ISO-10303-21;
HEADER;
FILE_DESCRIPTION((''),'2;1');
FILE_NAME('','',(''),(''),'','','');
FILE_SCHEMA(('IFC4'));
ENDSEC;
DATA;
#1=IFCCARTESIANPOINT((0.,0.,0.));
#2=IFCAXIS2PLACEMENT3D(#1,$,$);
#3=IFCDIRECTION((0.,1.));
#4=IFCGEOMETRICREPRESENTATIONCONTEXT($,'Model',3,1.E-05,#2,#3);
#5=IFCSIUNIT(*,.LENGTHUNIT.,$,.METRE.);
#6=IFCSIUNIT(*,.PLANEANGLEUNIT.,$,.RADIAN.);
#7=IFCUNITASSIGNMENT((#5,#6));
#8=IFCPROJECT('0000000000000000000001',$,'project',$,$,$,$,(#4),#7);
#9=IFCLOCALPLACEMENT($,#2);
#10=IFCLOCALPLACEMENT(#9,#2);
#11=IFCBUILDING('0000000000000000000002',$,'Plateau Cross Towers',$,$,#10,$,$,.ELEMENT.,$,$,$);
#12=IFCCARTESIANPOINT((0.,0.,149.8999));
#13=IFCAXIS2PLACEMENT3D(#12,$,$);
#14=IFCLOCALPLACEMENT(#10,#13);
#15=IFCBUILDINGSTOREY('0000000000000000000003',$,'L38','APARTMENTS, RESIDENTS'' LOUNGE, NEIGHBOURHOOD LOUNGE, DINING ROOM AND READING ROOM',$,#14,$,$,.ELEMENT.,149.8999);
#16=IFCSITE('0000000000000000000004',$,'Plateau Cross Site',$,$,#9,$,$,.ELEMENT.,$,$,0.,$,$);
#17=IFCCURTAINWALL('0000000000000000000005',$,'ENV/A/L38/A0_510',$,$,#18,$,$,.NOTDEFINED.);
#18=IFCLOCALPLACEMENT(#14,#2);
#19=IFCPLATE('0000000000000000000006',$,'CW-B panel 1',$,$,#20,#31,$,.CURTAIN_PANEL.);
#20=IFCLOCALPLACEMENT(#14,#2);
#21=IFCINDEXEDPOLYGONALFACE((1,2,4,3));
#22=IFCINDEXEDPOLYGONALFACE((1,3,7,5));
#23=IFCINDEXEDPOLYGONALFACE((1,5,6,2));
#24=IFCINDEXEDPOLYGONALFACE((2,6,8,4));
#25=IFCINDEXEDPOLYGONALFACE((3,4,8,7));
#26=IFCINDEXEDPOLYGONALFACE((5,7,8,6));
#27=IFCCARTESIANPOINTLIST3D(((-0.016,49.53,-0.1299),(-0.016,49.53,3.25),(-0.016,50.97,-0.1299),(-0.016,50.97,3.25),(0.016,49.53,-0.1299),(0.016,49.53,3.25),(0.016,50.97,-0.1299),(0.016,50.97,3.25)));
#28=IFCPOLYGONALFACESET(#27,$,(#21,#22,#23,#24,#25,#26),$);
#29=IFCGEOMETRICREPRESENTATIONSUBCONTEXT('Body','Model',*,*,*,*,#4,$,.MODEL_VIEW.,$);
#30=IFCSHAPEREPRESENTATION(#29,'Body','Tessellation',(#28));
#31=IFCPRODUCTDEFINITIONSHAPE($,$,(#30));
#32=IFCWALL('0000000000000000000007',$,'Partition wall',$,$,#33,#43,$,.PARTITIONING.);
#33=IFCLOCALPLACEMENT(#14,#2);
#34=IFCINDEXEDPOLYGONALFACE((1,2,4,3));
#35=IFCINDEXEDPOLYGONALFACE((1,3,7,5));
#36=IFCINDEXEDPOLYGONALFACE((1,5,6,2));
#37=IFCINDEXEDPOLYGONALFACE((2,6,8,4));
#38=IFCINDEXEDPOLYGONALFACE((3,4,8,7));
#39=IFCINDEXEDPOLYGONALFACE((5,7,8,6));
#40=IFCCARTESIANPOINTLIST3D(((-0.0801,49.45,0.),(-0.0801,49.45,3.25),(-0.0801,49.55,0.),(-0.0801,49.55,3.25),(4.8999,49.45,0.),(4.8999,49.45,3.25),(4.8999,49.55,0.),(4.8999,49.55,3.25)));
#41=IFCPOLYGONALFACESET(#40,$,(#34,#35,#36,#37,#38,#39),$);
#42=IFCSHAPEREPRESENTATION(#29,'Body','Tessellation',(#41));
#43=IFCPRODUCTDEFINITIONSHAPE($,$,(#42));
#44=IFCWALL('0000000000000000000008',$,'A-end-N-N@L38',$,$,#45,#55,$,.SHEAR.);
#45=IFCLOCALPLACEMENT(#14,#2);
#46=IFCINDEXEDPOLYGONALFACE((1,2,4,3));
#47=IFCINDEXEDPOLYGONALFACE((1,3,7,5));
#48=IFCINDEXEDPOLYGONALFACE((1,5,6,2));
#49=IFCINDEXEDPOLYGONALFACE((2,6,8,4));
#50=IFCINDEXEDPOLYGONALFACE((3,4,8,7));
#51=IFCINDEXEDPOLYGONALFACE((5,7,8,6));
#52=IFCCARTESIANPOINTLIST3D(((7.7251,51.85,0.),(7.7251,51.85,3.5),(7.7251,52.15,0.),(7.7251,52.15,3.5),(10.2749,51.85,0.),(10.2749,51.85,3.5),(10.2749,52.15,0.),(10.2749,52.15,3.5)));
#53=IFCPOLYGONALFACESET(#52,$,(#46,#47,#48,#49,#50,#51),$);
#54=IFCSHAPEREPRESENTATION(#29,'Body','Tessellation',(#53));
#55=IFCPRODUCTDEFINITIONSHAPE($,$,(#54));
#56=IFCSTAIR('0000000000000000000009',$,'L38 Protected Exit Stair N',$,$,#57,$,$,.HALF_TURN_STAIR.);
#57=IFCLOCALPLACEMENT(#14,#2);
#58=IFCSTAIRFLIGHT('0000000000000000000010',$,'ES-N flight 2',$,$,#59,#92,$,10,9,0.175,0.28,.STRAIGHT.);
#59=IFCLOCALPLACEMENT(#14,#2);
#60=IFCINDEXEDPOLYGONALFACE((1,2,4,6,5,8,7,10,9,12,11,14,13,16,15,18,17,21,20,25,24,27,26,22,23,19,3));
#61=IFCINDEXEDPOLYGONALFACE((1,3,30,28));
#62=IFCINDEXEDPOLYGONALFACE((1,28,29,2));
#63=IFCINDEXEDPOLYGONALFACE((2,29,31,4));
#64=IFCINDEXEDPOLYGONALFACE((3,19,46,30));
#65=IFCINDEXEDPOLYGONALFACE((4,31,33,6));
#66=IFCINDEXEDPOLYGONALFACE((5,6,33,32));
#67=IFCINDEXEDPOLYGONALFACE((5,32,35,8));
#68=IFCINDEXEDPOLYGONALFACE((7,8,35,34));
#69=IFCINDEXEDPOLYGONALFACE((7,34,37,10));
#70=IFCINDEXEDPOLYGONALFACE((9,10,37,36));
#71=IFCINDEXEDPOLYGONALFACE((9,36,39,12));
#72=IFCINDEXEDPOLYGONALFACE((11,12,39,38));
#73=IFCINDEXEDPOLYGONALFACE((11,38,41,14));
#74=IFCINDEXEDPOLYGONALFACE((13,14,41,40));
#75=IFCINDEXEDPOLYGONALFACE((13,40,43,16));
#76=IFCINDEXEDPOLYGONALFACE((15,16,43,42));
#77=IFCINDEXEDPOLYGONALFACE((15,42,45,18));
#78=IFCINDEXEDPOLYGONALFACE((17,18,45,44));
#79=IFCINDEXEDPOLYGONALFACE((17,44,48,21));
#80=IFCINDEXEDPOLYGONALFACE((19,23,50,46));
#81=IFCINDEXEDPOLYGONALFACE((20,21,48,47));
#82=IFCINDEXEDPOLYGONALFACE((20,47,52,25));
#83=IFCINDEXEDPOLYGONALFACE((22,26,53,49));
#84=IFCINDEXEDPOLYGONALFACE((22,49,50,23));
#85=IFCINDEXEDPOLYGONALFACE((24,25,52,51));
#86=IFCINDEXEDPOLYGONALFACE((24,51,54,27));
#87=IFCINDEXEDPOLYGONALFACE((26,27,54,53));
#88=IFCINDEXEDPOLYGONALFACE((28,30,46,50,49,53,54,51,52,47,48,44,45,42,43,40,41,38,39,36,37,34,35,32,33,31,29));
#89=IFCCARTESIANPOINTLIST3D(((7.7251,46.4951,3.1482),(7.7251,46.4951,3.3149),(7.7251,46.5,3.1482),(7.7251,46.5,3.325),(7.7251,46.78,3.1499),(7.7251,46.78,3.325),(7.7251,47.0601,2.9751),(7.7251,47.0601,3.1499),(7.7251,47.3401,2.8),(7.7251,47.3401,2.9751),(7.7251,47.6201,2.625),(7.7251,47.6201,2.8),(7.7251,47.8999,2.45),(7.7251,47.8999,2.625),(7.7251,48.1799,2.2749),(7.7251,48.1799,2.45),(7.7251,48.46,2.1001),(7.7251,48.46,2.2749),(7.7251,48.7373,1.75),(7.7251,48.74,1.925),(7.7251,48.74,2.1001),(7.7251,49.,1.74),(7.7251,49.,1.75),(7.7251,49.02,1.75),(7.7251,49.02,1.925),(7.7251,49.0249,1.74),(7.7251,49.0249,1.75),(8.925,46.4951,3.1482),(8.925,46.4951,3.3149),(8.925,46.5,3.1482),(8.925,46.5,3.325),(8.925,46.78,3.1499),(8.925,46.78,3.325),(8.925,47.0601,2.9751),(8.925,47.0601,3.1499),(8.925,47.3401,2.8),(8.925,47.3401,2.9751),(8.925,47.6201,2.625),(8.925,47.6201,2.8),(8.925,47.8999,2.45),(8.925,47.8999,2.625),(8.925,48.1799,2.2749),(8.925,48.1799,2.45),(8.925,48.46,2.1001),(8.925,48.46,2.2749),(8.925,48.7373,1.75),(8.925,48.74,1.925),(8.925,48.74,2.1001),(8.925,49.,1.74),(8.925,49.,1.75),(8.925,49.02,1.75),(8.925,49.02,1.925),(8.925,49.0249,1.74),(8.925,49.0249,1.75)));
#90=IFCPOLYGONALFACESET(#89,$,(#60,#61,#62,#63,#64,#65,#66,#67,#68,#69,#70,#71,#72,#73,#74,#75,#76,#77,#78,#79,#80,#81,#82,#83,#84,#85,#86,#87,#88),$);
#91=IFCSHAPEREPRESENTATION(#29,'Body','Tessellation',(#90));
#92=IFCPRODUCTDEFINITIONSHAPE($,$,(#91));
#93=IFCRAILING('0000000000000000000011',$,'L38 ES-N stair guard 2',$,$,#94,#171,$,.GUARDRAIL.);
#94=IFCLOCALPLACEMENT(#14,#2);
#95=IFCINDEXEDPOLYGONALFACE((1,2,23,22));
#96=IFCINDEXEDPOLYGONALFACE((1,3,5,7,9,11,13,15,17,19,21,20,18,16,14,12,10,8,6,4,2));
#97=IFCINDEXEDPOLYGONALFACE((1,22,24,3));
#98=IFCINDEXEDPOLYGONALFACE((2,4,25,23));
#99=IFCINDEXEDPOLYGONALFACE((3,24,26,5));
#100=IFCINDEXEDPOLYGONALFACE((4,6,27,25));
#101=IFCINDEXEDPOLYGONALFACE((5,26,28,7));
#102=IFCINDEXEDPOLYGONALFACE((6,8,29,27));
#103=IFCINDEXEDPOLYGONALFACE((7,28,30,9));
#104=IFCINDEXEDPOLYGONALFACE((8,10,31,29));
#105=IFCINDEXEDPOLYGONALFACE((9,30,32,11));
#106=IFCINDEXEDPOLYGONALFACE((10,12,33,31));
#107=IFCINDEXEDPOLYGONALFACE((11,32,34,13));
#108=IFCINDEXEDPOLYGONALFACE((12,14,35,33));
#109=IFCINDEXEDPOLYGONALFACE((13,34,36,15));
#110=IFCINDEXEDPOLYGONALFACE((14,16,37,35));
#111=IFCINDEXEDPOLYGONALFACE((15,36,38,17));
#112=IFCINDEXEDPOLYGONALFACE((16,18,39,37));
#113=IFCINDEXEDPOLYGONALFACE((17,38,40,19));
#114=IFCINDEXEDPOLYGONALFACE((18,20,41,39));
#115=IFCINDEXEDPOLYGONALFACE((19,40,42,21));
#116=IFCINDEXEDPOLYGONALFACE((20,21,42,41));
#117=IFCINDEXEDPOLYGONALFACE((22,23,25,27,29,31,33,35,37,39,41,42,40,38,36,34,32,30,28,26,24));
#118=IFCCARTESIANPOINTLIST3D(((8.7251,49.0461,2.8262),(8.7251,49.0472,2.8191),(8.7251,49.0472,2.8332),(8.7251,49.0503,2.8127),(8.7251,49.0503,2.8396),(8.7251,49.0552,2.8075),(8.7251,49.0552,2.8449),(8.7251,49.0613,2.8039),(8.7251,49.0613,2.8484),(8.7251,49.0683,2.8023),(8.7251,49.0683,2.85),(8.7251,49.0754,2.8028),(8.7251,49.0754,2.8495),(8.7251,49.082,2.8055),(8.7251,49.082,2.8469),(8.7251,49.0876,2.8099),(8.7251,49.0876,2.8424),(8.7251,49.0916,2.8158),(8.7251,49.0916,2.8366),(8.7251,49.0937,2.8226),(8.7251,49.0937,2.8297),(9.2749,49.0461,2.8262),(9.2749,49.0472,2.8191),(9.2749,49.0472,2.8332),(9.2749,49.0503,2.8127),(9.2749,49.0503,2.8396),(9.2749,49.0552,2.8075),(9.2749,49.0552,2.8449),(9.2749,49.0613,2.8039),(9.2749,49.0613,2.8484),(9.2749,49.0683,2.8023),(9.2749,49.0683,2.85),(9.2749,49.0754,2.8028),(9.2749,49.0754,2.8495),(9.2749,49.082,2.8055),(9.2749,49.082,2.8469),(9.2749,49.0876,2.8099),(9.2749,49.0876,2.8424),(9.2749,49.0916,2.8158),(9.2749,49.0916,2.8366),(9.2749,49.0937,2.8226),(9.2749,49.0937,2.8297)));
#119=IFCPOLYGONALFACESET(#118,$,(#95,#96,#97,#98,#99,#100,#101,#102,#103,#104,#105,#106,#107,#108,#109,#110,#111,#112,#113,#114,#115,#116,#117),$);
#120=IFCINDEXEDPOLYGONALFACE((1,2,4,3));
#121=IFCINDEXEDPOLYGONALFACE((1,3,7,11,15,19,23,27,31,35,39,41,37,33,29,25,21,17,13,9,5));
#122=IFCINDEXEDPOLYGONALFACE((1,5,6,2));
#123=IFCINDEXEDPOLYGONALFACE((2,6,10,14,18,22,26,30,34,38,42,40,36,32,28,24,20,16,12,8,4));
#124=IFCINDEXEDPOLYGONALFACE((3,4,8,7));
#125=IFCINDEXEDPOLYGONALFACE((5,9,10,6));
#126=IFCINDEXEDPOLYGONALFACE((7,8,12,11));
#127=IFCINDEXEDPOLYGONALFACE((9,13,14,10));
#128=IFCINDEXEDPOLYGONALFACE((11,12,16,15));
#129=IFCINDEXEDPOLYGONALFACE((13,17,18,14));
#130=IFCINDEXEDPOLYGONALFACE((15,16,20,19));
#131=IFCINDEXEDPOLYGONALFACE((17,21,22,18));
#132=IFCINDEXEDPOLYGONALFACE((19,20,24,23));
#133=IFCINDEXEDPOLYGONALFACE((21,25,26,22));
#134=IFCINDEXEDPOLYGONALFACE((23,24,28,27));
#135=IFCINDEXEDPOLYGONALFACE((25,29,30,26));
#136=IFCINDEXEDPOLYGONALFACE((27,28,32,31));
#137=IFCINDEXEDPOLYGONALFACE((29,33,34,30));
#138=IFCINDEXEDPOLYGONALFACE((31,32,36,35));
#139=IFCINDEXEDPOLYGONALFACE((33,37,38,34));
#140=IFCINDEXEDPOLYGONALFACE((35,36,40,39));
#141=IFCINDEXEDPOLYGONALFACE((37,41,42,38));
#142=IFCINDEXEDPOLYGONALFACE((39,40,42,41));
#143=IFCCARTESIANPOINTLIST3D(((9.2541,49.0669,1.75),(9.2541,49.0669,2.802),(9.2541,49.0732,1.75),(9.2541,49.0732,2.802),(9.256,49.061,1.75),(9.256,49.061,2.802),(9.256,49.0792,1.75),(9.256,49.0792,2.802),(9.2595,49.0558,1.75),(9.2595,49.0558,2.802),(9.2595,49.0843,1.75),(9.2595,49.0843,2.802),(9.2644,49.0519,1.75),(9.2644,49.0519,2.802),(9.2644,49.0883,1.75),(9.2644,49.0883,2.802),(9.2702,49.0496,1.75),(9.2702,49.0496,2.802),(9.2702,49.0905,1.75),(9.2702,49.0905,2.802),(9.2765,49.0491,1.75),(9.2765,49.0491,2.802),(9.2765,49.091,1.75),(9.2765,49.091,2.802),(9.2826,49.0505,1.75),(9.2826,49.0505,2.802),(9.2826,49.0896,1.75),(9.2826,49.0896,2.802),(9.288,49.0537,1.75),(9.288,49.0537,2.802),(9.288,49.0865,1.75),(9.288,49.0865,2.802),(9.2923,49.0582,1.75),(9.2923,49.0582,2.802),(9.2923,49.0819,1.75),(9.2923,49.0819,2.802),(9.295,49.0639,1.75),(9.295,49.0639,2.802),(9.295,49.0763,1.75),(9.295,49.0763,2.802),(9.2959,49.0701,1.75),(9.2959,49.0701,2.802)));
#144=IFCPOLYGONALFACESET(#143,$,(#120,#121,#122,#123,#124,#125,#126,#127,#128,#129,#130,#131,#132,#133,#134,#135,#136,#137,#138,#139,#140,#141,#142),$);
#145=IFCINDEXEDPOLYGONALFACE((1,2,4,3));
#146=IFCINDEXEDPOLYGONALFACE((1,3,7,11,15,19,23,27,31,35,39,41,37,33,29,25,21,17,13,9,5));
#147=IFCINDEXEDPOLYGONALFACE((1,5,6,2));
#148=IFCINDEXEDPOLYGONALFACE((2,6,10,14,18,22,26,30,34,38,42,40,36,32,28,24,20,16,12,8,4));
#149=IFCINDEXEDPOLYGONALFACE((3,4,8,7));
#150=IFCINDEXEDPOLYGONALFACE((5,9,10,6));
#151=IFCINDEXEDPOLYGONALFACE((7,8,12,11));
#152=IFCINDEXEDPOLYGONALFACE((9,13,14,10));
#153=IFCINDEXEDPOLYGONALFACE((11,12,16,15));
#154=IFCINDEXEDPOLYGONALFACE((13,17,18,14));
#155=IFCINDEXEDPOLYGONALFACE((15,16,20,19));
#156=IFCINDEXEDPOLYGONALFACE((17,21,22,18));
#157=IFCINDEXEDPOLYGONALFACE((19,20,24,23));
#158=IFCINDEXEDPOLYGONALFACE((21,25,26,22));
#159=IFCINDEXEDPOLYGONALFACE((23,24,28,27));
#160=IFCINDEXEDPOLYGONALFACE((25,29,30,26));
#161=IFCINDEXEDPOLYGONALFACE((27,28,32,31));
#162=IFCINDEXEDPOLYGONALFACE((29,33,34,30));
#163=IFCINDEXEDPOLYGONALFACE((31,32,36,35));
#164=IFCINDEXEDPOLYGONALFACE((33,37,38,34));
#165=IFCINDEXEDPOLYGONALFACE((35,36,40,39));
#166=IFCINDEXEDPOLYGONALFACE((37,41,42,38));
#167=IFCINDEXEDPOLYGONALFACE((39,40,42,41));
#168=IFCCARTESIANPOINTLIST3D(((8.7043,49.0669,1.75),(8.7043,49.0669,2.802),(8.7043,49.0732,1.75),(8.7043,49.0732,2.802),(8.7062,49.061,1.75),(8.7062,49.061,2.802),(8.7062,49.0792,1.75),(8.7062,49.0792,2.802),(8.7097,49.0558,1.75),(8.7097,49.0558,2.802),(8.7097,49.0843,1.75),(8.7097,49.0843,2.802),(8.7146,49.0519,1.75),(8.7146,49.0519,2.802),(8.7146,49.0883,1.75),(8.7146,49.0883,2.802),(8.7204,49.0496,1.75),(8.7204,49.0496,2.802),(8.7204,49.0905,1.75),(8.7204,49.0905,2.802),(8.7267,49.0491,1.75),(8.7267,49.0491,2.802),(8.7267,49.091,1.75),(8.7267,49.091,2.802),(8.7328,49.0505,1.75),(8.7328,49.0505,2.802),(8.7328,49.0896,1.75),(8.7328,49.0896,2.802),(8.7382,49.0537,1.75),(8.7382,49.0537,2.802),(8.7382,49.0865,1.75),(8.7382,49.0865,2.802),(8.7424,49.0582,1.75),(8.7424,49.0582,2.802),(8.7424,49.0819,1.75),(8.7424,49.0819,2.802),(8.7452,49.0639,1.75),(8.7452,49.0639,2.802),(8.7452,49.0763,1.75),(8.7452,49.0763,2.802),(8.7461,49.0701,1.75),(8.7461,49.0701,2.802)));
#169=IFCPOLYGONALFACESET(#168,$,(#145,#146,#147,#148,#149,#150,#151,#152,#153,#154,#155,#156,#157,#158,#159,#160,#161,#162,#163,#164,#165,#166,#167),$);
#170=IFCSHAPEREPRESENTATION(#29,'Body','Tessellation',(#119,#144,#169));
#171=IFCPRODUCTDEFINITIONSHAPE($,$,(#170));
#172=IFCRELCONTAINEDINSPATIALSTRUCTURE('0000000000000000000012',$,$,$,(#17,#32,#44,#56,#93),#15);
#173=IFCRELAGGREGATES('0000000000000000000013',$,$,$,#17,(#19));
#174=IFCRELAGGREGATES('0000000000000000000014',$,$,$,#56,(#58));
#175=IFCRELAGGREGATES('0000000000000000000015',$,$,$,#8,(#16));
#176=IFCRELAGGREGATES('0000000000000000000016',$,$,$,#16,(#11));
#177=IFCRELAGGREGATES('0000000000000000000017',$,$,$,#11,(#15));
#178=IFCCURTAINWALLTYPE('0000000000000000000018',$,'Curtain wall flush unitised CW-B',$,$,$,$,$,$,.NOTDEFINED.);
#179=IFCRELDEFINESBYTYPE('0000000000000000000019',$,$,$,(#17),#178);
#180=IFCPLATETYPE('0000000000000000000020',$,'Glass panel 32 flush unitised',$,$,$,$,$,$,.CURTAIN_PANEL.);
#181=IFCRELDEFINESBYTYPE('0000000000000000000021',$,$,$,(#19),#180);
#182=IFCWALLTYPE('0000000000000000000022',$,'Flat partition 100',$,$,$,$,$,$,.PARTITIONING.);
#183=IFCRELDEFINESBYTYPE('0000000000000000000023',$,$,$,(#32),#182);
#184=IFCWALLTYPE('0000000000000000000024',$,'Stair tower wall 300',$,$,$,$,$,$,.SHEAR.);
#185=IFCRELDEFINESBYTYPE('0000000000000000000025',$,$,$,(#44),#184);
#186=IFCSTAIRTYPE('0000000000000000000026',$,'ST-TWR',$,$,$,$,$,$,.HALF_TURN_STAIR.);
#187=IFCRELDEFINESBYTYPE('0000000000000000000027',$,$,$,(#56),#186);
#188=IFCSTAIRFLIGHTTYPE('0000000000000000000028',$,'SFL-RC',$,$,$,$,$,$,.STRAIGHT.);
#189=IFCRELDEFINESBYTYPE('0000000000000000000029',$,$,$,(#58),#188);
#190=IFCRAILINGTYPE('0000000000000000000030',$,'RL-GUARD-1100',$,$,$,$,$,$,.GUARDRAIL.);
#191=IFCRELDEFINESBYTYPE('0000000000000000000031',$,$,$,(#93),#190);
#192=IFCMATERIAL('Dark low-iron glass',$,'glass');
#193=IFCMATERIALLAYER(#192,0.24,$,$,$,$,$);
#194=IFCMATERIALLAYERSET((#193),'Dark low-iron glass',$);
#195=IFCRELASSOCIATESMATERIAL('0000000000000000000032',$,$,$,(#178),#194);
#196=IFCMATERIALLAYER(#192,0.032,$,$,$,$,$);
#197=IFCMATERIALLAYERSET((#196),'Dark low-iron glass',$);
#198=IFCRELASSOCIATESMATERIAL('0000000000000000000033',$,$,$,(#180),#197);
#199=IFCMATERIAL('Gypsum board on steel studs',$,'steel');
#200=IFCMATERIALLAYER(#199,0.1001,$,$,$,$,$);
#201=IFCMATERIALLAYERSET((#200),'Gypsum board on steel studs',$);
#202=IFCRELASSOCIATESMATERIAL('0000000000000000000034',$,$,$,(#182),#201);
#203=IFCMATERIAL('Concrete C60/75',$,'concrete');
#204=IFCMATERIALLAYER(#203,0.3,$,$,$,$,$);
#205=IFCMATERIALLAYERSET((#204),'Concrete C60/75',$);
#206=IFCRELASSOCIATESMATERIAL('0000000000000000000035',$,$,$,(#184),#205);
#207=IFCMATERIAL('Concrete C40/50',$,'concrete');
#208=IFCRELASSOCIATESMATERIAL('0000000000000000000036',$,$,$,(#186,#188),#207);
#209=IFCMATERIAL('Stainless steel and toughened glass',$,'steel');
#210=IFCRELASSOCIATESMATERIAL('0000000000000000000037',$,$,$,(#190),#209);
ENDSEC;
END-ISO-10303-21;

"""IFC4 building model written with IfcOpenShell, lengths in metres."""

from ifc_helpers import new_model, si_unit, direction, frame, frame_2d, origin, origin_2d, place, context, subcontext, project, spatial, polyline, rectangle, circle, outline, extrude, material, layer, layer_set, type_object, element, aggregate, save


model = new_model("IFC4")

# Units and contexts
model_context = context("Model", 3, precision=1e-05, world=origin(), true_north=direction((0.0, 1.0)))
body_context = subcontext(model_context, "Body", "Model", "MODEL_VIEW")
ifc_project = project(units=[si_unit("LENGTHUNIT", "METRE"), si_unit("PLANEANGLEUNIT", "RADIAN")], contexts=[model_context])

# Site, building, storey
site_placement = place(None, origin())
site = spatial("IfcSite", under=ifc_project, at=site_placement, Name="Plateau Cross Site", CompositionType="ELEMENT", RefElevation=0.0)
building_placement = place(site_placement, origin())
building = spatial("IfcBuilding", under=site, at=building_placement, Name="Plateau Cross Towers", CompositionType="ELEMENT")
storey_placement = place(building_placement, frame((0.0, 0.0, 149.8999)))
storey = spatial("IfcBuildingStorey", under=building, at=storey_placement, Name="L38", Description="APARTMENTS, RESIDENTS' LOUNGE, NEIGHBOURHOOD LOUNGE, DINING ROOM AND READING ROOM", CompositionType="ELEMENT", Elevation=149.8999)

# Shared definitions
ifc_material_1 = material(Name="Concrete C60/75", Category="concrete")

# Shared definitions
ifc_material_2 = material(Name="Dark low-iron glass", Category="glass")
ifc_layer_1 = layer(ifc_material_2, 0.24)
ifc_layer_set_1 = layer_set([ifc_layer_1], Name="Dark low-iron glass")
curtain_wall_type = type_object("IfcCurtainWallType", Name="Curtain wall flush unitised CW-B", PredefinedType="NOTDEFINED", material=ifc_layer_set_1)

# Curtain wall
curtain_wall_1_placement = place(storey_placement, origin())
curtain_wall_1 = element("IfcCurtainWall", 1, at=curtain_wall_1_placement, inside=storey, type_object=curtain_wall_type, Name="ENV/A/L38/A0_510", PredefinedType="NOTDEFINED")

# Plate
ifc_layer_2 = layer(ifc_material_2, 0.032)
ifc_layer_set_2 = layer_set([ifc_layer_2], Name="Dark low-iron glass")
plate_type = type_object("IfcPlateType", Name="Glass panel 32 flush unitised", PredefinedType="CURTAIN_PANEL", material=ifc_layer_set_2)
plate_1_placement = place(storey_placement, frame((0.0, 50.25, -0.1299), z_axis=(0.0, 0.0, 1.0), x_axis=(0.0, -1.0, 0.0)))
plate_1 = element("IfcPlate", 2, at=plate_1_placement, type_object=plate_type, Name="CW-B panel 1", PredefinedType="CURTAIN_PANEL", context=body_context, shape_type="SweptSolid", body=[
    extrude(rectangle(XDim=1.4399, YDim=0.032, at=origin_2d()), origin(), (0.0, 0.0, 1.0), 3.3799),
])
aggregate(curtain_wall_1, [plate_1])

# Walls
ifc_material_3 = material(Name="Gypsum board on steel studs", Category="steel")
ifc_layer_3 = layer(ifc_material_3, 0.1001)
ifc_layer_set_3 = layer_set([ifc_layer_3], Name="Gypsum board on steel studs")
wall_type_1 = type_object("IfcWallType", Name="Flat partition 100", PredefinedType="PARTITIONING", material=ifc_layer_set_3)
wall_1_placement = place(storey_placement, frame((4.8999, 49.5, 0.0), z_axis=(0.0, 0.0, 1.0), x_axis=(-1.0, 0.0, 0.0)))
element("IfcWall", 3, at=wall_1_placement, inside=storey, type_object=wall_type_1, Name="Partition wall", PredefinedType="PARTITIONING", context=body_context, shape_type="SweptSolid", body=[
    extrude(rectangle(XDim=4.98, YDim=0.1001, at=frame_2d((2.49, 0.0))), origin(), (0.0, 0.0, 1.0), 3.25),
])
ifc_layer_4 = layer(ifc_material_1, 0.3)
ifc_layer_set_4 = layer_set([ifc_layer_4], Name="Concrete C60/75")
wall_type_2 = type_object("IfcWallType", Name="Stair tower wall 300", PredefinedType="SHEAR", material=ifc_layer_set_4)
wall_2_placement = place(storey_placement, frame((7.7251, 52.0, 0.0), z_axis=(0.0, 0.0, 1.0), x_axis=(1.0, 0.0, 0.0)))
element("IfcWall", 4, at=wall_2_placement, inside=storey, type_object=wall_type_2, Name="A-end-N-N@L38", PredefinedType="SHEAR", context=body_context, shape_type="SweptSolid", body=[
    extrude(rectangle(XDim=2.5498, YDim=0.3, at=frame_2d((1.2749, 0.0))), origin(), (0.0, 0.0, 1.0), 3.5),
])

# Stair, stair flight
ifc_material_4 = material(Name="Concrete C40/50", Category="concrete")
stair_type = type_object("IfcStairType", Name="ST-TWR", PredefinedType="HALF_TURN_STAIR", material=ifc_material_4)
stair_placement = place(storey_placement, origin())
stair = element("IfcStair", 5, at=stair_placement, inside=storey, type_object=stair_type, Name="L38 Protected Exit Stair N", PredefinedType="HALF_TURN_STAIR")
stair_flight_type = type_object("IfcStairFlightType", Name="SFL-RC", PredefinedType="STRAIGHT", material=ifc_material_4)
stair_flight_placement = place(storey_placement, frame((8.325, 49.02, 1.75), z_axis=(0.0, 0.0, 1.0), x_axis=(0.0, -1.0, 0.0)))
stair_flight = element("IfcStairFlight", 6, at=stair_flight_placement, type_object=stair_flight_type, Name="ES-N flight 2", NumberOfRisers=10, NumberOfTreads=9, PredefinedType="STRAIGHT", RiserHeight=0.175, TreadLength=0.28, context=body_context, shape_type="SweptSolid", body=[
    extrude(outline(polyline([(-0.0049, -0.01), (-0.0049, 0.0), (0.0, 0.0), (0.0, 0.175), (0.28, 0.175), (0.28, 0.3501), (0.5601, 0.3501), (0.5601, 0.5249), (0.8401, 0.5249), (0.8401, 0.7), (1.1201, 0.7), (1.1201, 0.875), (1.3999, 0.875), (1.3999, 1.05), (1.6799, 1.05), (1.6799, 1.2251), (1.96, 1.2251), (1.96, 1.3999), (2.24, 1.3999), (2.24, 1.575), (2.52, 1.575), (2.5249, 1.5649), (2.5249, 1.3982), (2.52, 1.3982), (0.2827, 0.0), (0.02, 0.0), (0.02, -0.01), (-0.0049, -0.01)])), frame((0.0, 0.6001, 0.0), z_axis=(0.0, -1.0, 0.0), x_axis=(1.0, 0.0, 0.0)), (0.0, 0.0, 1.0), 1.2),
])
aggregate(stair, [stair_flight])

# Railing
ifc_material_5 = material(Name="Stainless steel and toughened glass", Category="steel")
railing_type_1 = type_object("IfcRailingType", Name="RL-GUARD-1100", PredefinedType="GUARDRAIL", material=ifc_material_5)
railing_1_placement = place(storey_placement, frame((9.2749, 49.0701, 1.75)))
element("IfcRailing", 7, at=railing_1_placement, inside=storey, type_object=railing_type_1, Name="L38 ES-N stair guard 2", PredefinedType="GUARDRAIL", context=body_context, shape_type="SweptSolid", body=[
    extrude(circle(Radius=0.0239, at=origin_2d()), frame((0.0, 0.0, 1.0762), z_axis=(-1.0, 0.0, 0.0), x_axis=(0.0, -1.0, 0.0)), (0.0, 0.0, 1.0), 0.5498),
    extrude(circle(Radius=0.021, at=origin_2d()), origin(), (0.0, 0.0, 1.0), 1.052),
    extrude(circle(Radius=0.021, at=origin_2d()), frame((-0.5498, 0.0, 0.0)), (0.0, 0.0, 1.0), 1.052),
])

save(model, "model.ifc")
